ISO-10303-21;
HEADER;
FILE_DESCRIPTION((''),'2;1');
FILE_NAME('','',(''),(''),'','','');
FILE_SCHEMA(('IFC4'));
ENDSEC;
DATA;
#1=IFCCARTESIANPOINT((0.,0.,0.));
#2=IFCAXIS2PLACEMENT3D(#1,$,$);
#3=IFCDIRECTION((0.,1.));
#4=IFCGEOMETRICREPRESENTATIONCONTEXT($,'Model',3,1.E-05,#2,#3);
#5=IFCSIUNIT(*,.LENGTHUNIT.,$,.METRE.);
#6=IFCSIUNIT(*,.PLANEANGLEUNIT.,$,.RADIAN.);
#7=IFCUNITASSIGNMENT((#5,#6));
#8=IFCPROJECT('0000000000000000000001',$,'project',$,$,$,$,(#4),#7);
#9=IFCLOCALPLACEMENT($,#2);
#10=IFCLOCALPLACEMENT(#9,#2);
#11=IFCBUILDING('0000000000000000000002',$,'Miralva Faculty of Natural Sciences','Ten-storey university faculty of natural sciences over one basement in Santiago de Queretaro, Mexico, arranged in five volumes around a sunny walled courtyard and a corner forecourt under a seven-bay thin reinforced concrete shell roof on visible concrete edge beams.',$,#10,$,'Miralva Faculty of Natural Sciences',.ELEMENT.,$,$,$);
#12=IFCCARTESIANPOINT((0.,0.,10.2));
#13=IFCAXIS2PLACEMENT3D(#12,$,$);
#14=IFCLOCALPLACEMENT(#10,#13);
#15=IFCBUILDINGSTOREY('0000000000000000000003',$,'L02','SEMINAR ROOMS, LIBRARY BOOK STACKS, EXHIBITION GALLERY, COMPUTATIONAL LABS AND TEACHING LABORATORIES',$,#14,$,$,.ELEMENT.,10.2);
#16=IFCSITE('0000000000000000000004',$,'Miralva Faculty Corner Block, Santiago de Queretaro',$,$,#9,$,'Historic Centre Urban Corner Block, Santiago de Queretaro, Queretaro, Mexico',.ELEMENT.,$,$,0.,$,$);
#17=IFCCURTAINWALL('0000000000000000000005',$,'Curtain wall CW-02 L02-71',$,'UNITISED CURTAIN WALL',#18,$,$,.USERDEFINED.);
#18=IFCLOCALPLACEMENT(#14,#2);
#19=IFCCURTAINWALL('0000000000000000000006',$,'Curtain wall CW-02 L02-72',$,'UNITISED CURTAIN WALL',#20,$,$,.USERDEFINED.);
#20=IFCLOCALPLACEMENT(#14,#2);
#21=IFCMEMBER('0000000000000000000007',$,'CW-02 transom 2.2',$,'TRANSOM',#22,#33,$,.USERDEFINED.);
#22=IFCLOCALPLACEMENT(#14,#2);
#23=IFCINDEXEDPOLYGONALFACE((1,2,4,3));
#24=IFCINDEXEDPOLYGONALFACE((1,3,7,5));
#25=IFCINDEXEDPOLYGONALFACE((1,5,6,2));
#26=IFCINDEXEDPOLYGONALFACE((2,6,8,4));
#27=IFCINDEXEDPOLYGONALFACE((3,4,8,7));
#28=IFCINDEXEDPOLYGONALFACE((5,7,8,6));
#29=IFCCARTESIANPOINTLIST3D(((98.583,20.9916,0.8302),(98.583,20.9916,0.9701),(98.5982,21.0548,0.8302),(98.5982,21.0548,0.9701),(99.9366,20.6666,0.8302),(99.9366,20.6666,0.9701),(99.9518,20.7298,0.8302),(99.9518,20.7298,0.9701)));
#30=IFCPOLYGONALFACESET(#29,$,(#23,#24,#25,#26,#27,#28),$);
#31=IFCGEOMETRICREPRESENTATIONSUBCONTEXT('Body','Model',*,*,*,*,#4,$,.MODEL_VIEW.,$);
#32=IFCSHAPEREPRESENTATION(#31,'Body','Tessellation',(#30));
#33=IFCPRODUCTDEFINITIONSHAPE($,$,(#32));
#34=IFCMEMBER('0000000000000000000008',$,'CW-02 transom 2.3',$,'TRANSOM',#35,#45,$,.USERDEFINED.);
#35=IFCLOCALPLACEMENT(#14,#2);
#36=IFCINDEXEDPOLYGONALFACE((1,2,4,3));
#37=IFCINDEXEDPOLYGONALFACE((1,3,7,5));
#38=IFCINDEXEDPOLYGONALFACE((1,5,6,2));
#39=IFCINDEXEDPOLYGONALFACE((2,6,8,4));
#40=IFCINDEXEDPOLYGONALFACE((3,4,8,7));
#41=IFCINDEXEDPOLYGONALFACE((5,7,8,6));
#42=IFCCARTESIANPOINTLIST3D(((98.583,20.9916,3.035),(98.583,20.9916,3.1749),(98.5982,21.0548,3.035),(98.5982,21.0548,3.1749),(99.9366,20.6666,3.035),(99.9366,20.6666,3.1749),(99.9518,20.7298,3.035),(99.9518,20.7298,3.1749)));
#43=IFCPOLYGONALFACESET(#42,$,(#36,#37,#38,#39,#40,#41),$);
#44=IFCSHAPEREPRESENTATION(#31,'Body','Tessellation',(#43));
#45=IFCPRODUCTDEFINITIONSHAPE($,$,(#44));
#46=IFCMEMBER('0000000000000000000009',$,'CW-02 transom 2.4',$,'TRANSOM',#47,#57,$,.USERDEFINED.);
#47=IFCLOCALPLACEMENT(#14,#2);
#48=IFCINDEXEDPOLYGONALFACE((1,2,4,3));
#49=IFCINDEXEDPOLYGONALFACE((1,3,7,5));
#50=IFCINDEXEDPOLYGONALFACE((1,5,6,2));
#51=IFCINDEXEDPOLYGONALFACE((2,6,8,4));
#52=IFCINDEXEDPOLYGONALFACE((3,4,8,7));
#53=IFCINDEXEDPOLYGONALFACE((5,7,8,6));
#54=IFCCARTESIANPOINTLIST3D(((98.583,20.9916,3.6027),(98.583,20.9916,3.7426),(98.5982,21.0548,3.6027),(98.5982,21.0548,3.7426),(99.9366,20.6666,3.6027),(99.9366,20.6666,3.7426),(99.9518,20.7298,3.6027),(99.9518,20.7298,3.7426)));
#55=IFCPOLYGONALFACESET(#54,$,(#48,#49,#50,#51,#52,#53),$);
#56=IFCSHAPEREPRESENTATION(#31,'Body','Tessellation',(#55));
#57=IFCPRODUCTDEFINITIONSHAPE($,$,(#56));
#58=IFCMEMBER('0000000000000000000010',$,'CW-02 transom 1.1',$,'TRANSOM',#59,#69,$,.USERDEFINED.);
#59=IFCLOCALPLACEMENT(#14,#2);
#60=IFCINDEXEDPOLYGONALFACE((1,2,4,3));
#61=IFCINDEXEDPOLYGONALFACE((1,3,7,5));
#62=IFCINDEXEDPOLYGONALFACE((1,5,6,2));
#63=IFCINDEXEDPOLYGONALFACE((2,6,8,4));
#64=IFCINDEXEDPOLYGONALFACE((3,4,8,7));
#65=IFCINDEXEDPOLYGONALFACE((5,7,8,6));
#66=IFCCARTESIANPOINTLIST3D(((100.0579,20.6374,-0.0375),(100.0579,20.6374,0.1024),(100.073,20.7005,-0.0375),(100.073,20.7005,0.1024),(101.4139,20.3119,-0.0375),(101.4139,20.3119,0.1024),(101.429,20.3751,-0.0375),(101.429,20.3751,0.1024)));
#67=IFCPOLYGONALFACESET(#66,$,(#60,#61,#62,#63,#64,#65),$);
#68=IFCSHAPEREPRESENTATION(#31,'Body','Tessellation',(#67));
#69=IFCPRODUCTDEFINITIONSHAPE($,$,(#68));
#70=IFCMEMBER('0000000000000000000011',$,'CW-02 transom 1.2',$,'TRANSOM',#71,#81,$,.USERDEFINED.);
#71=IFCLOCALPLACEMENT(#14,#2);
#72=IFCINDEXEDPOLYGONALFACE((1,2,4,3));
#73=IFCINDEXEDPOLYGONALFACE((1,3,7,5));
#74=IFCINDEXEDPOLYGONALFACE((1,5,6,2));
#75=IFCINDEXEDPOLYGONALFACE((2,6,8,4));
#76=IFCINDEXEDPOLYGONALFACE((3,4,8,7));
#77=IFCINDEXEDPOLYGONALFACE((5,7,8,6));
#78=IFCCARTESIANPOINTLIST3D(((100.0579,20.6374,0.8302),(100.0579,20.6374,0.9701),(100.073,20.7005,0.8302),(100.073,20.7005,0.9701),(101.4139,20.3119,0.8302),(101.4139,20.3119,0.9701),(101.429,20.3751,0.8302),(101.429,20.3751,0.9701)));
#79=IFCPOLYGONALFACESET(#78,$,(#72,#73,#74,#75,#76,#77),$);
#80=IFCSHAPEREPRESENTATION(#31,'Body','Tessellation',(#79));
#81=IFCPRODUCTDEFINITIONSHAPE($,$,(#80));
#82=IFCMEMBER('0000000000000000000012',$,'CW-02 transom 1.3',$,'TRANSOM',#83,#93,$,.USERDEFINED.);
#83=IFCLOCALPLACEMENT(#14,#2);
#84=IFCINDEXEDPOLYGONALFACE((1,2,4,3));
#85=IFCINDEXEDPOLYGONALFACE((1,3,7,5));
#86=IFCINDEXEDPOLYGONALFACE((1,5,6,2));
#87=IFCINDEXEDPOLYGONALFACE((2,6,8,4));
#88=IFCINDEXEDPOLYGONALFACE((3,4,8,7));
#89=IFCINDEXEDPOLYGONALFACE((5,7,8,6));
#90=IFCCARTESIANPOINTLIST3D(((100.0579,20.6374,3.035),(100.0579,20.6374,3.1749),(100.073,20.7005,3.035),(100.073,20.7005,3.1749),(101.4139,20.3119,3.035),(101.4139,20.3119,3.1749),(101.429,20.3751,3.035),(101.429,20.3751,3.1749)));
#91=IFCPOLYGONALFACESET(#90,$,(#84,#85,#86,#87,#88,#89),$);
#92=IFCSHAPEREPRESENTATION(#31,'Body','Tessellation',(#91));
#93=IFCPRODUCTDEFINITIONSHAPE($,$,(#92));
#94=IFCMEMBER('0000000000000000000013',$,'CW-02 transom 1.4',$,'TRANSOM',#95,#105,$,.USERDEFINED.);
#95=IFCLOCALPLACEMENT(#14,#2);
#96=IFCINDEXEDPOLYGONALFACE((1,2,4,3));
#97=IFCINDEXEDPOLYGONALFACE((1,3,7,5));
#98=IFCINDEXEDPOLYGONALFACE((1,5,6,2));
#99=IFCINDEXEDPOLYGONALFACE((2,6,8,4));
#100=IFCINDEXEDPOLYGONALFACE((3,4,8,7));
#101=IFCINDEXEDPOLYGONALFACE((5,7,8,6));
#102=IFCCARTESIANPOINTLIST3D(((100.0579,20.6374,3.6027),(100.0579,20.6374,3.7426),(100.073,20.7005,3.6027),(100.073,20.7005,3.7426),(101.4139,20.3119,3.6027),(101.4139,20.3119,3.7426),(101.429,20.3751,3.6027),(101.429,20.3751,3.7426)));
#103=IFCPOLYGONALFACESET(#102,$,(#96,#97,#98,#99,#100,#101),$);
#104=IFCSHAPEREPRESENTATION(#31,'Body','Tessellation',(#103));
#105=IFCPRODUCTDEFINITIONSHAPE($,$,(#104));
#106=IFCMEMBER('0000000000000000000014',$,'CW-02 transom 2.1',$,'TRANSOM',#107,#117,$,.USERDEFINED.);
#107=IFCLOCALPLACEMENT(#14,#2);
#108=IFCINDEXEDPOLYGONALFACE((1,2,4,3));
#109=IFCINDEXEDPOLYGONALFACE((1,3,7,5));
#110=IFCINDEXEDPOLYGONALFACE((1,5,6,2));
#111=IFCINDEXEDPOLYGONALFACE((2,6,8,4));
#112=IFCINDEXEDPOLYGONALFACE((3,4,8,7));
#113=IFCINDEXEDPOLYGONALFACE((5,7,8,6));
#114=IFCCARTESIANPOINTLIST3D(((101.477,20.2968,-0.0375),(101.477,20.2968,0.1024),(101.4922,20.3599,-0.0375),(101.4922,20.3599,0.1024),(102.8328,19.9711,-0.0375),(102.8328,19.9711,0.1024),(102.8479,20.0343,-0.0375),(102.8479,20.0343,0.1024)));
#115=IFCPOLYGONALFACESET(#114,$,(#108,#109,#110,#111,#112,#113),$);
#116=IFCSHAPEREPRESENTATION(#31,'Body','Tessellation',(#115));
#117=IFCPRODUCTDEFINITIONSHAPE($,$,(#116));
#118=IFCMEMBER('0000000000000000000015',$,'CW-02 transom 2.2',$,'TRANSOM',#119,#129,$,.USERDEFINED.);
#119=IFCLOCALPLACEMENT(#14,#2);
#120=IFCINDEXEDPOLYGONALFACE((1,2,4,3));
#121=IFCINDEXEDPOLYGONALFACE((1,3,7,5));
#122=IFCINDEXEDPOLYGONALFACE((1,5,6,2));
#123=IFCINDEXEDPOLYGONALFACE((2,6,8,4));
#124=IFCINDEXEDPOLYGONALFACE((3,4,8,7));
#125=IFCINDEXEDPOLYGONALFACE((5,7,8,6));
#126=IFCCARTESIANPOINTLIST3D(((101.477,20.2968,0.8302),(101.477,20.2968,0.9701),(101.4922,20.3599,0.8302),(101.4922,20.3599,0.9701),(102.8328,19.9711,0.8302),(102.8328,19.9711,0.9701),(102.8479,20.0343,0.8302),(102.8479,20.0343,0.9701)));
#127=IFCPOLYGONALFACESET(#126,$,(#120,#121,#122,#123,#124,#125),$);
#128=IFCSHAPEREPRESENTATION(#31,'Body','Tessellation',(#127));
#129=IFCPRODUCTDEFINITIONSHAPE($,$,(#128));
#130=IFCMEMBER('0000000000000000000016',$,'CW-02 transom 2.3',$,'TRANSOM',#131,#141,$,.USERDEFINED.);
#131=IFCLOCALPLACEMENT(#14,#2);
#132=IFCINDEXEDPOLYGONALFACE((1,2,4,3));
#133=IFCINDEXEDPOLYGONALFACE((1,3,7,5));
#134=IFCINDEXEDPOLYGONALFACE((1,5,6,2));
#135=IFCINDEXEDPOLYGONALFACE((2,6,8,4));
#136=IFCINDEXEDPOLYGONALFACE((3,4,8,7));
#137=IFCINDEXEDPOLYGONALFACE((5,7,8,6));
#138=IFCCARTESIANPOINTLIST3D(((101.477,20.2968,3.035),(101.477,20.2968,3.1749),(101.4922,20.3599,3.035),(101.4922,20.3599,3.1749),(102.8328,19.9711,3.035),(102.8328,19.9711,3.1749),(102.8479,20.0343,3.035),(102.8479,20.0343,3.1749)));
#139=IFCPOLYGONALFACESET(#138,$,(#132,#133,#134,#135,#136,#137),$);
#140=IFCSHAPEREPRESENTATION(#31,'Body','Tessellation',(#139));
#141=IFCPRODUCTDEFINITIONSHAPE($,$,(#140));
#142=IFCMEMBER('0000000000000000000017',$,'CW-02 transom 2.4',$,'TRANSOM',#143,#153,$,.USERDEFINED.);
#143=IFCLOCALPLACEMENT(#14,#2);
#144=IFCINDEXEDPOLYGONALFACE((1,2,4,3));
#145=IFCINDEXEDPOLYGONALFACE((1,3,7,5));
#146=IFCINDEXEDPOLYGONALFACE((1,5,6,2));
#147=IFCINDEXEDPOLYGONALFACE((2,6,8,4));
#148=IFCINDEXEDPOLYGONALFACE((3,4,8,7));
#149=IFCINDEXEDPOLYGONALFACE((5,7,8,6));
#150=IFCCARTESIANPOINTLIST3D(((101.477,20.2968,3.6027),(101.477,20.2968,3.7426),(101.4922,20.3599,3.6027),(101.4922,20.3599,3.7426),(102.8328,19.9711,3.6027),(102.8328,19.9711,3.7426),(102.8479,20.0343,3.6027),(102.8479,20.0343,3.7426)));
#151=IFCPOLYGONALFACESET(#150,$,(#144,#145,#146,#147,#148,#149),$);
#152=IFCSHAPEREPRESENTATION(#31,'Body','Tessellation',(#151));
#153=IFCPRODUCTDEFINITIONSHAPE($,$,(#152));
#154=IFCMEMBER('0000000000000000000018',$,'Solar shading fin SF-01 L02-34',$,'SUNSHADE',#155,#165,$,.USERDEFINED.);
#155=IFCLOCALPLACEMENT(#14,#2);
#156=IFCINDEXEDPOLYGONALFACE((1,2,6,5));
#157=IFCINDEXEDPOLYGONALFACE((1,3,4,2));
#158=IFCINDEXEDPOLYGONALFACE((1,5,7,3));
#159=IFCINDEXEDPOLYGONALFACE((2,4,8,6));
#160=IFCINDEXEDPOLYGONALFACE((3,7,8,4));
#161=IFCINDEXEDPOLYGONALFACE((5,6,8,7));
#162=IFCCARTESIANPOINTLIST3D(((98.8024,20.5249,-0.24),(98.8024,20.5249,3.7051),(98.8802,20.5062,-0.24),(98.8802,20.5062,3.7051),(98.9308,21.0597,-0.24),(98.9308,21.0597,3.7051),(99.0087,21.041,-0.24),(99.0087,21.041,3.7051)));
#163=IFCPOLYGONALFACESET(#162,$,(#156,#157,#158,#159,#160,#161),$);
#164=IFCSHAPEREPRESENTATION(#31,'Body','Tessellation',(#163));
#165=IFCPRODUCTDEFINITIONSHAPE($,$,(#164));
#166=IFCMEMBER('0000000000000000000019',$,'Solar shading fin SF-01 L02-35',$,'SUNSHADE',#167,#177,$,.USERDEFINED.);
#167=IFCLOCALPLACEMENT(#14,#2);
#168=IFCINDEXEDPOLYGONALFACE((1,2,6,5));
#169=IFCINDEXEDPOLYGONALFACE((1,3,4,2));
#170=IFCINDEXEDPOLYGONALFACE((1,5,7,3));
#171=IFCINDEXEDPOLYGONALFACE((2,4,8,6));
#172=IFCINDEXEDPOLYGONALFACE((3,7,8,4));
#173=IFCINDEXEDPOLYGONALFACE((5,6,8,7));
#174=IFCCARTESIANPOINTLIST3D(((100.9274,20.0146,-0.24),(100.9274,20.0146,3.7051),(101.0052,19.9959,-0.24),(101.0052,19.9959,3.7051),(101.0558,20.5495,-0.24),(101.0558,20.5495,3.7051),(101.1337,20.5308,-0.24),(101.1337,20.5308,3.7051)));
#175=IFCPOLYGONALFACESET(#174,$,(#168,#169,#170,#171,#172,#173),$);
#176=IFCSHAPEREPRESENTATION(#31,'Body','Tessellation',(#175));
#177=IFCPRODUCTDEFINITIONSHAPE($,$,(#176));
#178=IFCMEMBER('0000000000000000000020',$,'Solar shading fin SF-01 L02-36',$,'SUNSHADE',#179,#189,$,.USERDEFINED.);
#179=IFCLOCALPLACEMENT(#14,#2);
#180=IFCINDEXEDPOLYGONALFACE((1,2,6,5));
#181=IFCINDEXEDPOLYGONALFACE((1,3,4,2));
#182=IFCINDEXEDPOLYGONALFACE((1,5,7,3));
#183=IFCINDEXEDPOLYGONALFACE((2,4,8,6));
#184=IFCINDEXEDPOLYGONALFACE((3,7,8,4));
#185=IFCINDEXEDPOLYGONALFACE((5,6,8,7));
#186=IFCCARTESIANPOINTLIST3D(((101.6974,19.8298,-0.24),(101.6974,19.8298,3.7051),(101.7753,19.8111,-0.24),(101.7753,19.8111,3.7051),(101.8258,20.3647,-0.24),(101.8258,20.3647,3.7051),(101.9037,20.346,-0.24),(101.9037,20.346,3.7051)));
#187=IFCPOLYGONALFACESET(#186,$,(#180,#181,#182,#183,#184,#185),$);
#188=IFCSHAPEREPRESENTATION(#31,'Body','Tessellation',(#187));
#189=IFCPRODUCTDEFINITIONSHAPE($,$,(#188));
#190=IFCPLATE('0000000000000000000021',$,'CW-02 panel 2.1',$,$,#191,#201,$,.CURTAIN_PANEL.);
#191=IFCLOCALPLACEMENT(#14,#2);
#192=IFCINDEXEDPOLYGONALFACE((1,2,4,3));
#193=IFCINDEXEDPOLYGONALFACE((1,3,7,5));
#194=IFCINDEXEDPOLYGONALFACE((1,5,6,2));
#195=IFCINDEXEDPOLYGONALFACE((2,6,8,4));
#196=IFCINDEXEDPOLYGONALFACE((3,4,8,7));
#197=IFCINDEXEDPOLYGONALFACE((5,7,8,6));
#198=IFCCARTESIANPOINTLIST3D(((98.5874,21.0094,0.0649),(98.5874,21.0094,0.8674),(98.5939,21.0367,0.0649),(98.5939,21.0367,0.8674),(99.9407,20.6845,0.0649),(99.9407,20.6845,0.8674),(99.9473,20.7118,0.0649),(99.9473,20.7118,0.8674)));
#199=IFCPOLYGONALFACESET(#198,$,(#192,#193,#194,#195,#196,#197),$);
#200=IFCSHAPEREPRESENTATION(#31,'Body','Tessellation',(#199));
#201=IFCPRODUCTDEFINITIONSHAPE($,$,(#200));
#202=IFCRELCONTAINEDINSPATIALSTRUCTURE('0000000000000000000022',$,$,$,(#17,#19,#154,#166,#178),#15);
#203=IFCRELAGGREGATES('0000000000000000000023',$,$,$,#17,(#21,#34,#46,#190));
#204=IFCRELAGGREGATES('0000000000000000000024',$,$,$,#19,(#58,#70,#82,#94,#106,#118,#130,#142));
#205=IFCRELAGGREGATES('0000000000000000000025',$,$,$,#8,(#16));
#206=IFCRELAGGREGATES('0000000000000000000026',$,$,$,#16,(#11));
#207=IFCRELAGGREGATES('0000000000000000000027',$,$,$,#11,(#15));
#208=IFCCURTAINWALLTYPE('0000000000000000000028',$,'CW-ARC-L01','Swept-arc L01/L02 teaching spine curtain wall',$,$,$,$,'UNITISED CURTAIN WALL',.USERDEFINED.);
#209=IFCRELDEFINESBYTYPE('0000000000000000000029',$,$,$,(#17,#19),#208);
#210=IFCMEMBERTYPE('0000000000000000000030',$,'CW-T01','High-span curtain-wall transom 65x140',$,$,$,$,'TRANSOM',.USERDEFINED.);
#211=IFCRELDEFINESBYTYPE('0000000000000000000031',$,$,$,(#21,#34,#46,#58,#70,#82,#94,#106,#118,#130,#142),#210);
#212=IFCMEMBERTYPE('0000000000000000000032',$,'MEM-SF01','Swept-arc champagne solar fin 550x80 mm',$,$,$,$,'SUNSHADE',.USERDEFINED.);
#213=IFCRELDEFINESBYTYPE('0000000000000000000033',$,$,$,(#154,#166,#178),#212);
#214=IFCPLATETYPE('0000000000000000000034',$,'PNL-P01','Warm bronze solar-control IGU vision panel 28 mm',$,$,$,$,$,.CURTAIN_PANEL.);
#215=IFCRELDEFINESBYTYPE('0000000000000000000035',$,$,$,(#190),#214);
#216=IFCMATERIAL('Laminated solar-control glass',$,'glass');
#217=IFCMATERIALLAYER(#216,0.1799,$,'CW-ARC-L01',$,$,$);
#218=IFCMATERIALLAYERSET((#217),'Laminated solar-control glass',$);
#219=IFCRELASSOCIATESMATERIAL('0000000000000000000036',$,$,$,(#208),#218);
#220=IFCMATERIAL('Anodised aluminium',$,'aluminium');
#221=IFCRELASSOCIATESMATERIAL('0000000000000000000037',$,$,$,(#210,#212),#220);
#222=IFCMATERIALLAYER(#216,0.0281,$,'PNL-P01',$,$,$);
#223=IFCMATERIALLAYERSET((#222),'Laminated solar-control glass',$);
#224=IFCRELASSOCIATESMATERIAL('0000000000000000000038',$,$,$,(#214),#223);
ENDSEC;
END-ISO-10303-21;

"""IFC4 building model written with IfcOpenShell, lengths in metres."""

from ifc_helpers import new_model, si_unit, direction, frame, origin, origin_2d, place, context, subcontext, project, spatial, rectangle, extrude, material, layer, layer_set, material_profile, profile_set, type_object, element, aggregate, save


model = new_model("IFC4")

# Units and contexts
model_context = context("Model", 3, precision=1e-05, world=origin(), true_north=direction((0.0, 1.0)))
body_context = subcontext(model_context, "Body", "Model", "MODEL_VIEW")
ifc_project = project(units=[si_unit("LENGTHUNIT", "METRE"), si_unit("PLANEANGLEUNIT", "RADIAN")], contexts=[model_context])

# Site, building, storey
site_placement = place(None, origin())
site = spatial("IfcSite", under=ifc_project, at=site_placement, Name="Miralva Faculty Corner Block, Santiago de Queretaro", LongName="Historic Centre Urban Corner Block, Santiago de Queretaro, Queretaro, Mexico", CompositionType="ELEMENT", RefElevation=0.0)
building_placement = place(site_placement, origin())
building = spatial("IfcBuilding", under=site, at=building_placement, Name="Miralva Faculty of Natural Sciences", Description="Ten-storey university faculty of natural sciences over one basement in Santiago de Queretaro, Mexico, arranged in five volumes around a sunny walled courtyard and a corner forecourt under a seven-bay thin reinforced concrete shell roof on visible concrete edge beams.", LongName="Miralva Faculty of Natural Sciences", CompositionType="ELEMENT")
storey_placement = place(building_placement, frame((0.0, 0.0, 10.2)))
storey = spatial("IfcBuildingStorey", under=building, at=storey_placement, Name="L02", Description="SEMINAR ROOMS, LIBRARY BOOK STACKS, EXHIBITION GALLERY, COMPUTATIONAL LABS AND TEACHING LABORATORIES", CompositionType="ELEMENT", Elevation=10.2)

# Curtain walls
ifc_material_1 = material(Name="Laminated solar-control glass", Category="glass")
ifc_layer_1 = layer(ifc_material_1, 0.1799, Name="CW-ARC-L01")
ifc_layer_set_1 = layer_set([ifc_layer_1], Name="Laminated solar-control glass")
curtain_wall_type = type_object("IfcCurtainWallType", Name="CW-ARC-L01", Description="Swept-arc L01/L02 teaching spine curtain wall", ElementType="UNITISED CURTAIN WALL", PredefinedType="USERDEFINED", material=ifc_layer_set_1)
curtain_wall_1_placement = place(storey_placement, origin())
curtain_wall_1 = element("IfcCurtainWall", 1, at=curtain_wall_1_placement, inside=storey, type_object=curtain_wall_type, Name="Curtain wall CW-02 L02-71", ObjectType="UNITISED CURTAIN WALL", PredefinedType="USERDEFINED")
ifc_material_2 = material(Name="Anodised aluminium", Category="aluminium")
curtain_wall_2_placement = place(storey_placement, origin())
curtain_wall_2 = element("IfcCurtainWall", 2, at=curtain_wall_2_placement, inside=storey, type_object=curtain_wall_type, Name="Curtain wall CW-02 L02-72", ObjectType="UNITISED CURTAIN WALL", PredefinedType="USERDEFINED")

# Members
ifc_material_profile_1 = material_profile(ifc_material_2, rectangle(XDim=0.0649, YDim=0.1399, at=origin_2d()), Name="TRANSOM 65x140")
ifc_profile_set_1 = profile_set([ifc_material_profile_1], Name="Anodised aluminium")
member_type_1 = type_object("IfcMemberType", Name="CW-T01", Description="High-span curtain-wall transom 65x140", ElementType="TRANSOM", PredefinedType="USERDEFINED", material=ifc_profile_set_1)
member_1_placement = place(storey_placement, frame((98.5906, 21.0232, 0.9001), z_axis=(0.97237, -0.233446, 0.0), x_axis=(0.233446, 0.97237, 0.0)))
member_1 = element("IfcMember", 3, at=member_1_placement, type_object=member_type_1, Name="CW-02 transom 2.2", ObjectType="TRANSOM", PredefinedType="USERDEFINED", context=body_context, shape_type="SweptSolid", body=[
    extrude(rectangle(XDim=0.0649, YDim=0.1399, at=origin_2d()), origin(), (0.0, 0.0, 1.0), 1.3921),
])
member_2_placement = place(storey_placement, frame((98.5906, 21.0232, 3.105), z_axis=(0.97237, -0.233446, 0.0), x_axis=(0.233446, 0.97237, 0.0)))
member_2 = element("IfcMember", 4, at=member_2_placement, type_object=member_type_1, Name="CW-02 transom 2.3", ObjectType="TRANSOM", PredefinedType="USERDEFINED", context=body_context, shape_type="SweptSolid", body=[
    extrude(rectangle(XDim=0.0649, YDim=0.1399, at=origin_2d()), origin(), (0.0, 0.0, 1.0), 1.3921),
])
member_3_placement = place(storey_placement, frame((98.5906, 21.0232, 3.6726), z_axis=(0.97237, -0.233446, 0.0), x_axis=(0.233446, 0.97237, 0.0)))
member_3 = element("IfcMember", 5, at=member_3_placement, type_object=member_type_1, Name="CW-02 transom 2.4", ObjectType="TRANSOM", PredefinedType="USERDEFINED", context=body_context, shape_type="SweptSolid", body=[
    extrude(rectangle(XDim=0.0649, YDim=0.1399, at=origin_2d()), origin(), (0.0, 0.0, 1.0), 1.3921),
])
member_4_placement = place(storey_placement, frame((100.0654, 20.6689, 0.0325), z_axis=(0.972386, -0.23338, 0.0), x_axis=(0.23338, 0.972386, 0.0)))
member_4 = element("IfcMember", 6, at=member_4_placement, type_object=member_type_1, Name="CW-02 transom 1.1", ObjectType="TRANSOM", PredefinedType="USERDEFINED", context=body_context, shape_type="SweptSolid", body=[
    extrude(rectangle(XDim=0.0649, YDim=0.1399, at=origin_2d()), origin(), (0.0, 0.0, 1.0), 1.3945),
])
member_5_placement = place(storey_placement, frame((100.0654, 20.6689, 0.9001), z_axis=(0.972386, -0.23338, 0.0), x_axis=(0.23338, 0.972386, 0.0)))
member_5 = element("IfcMember", 7, at=member_5_placement, type_object=member_type_1, Name="CW-02 transom 1.2", ObjectType="TRANSOM", PredefinedType="USERDEFINED", context=body_context, shape_type="SweptSolid", body=[
    extrude(rectangle(XDim=0.0649, YDim=0.1399, at=origin_2d()), origin(), (0.0, 0.0, 1.0), 1.3945),
])
member_6_placement = place(storey_placement, frame((100.0654, 20.6689, 3.105), z_axis=(0.972386, -0.23338, 0.0), x_axis=(0.23338, 0.972386, 0.0)))
member_6 = element("IfcMember", 8, at=member_6_placement, type_object=member_type_1, Name="CW-02 transom 1.3", ObjectType="TRANSOM", PredefinedType="USERDEFINED", context=body_context, shape_type="SweptSolid", body=[
    extrude(rectangle(XDim=0.0649, YDim=0.1399, at=origin_2d()), origin(), (0.0, 0.0, 1.0), 1.3945),
])
member_7_placement = place(storey_placement, frame((100.0654, 20.6689, 3.6726), z_axis=(0.972386, -0.23338, 0.0), x_axis=(0.23338, 0.972386, 0.0)))
member_7 = element("IfcMember", 9, at=member_7_placement, type_object=member_type_1, Name="CW-02 transom 1.4", ObjectType="TRANSOM", PredefinedType="USERDEFINED", context=body_context, shape_type="SweptSolid", body=[
    extrude(rectangle(XDim=0.0649, YDim=0.1399, at=origin_2d()), origin(), (0.0, 0.0, 1.0), 1.3945),
])
member_8_placement = place(storey_placement, frame((101.4846, 20.3284, 0.0325), z_axis=(0.972336, -0.233585, 0.0), x_axis=(0.233585, 0.972336, 0.0)))
member_8 = element("IfcMember", 10, at=member_8_placement, type_object=member_type_1, Name="CW-02 transom 2.1", ObjectType="TRANSOM", PredefinedType="USERDEFINED", context=body_context, shape_type="SweptSolid", body=[
    extrude(rectangle(XDim=0.0649, YDim=0.1399, at=origin_2d()), origin(), (0.0, 0.0, 1.0), 1.3943),
])
member_9_placement = place(storey_placement, frame((101.4846, 20.3284, 0.9001), z_axis=(0.972336, -0.233585, 0.0), x_axis=(0.233585, 0.972336, 0.0)))
member_9 = element("IfcMember", 11, at=member_9_placement, type_object=member_type_1, Name="CW-02 transom 2.2", ObjectType="TRANSOM", PredefinedType="USERDEFINED", context=body_context, shape_type="SweptSolid", body=[
    extrude(rectangle(XDim=0.0649, YDim=0.1399, at=origin_2d()), origin(), (0.0, 0.0, 1.0), 1.3943),
])
member_10_placement = place(storey_placement, frame((101.4846, 20.3284, 3.105), z_axis=(0.972336, -0.233585, 0.0), x_axis=(0.233585, 0.972336, 0.0)))
member_10 = element("IfcMember", 12, at=member_10_placement, type_object=member_type_1, Name="CW-02 transom 2.3", ObjectType="TRANSOM", PredefinedType="USERDEFINED", context=body_context, shape_type="SweptSolid", body=[
    extrude(rectangle(XDim=0.0649, YDim=0.1399, at=origin_2d()), origin(), (0.0, 0.0, 1.0), 1.3943),
])
member_11_placement = place(storey_placement, frame((101.4846, 20.3284, 3.6726), z_axis=(0.972336, -0.233585, 0.0), x_axis=(0.233585, 0.972336, 0.0)))
member_11 = element("IfcMember", 13, at=member_11_placement, type_object=member_type_1, Name="CW-02 transom 2.4", ObjectType="TRANSOM", PredefinedType="USERDEFINED", context=body_context, shape_type="SweptSolid", body=[
    extrude(rectangle(XDim=0.0649, YDim=0.1399, at=origin_2d()), origin(), (0.0, 0.0, 1.0), 1.3943),
])

# Members
ifc_material_profile_2 = material_profile(ifc_material_2, rectangle(XDim=0.0801, YDim=0.55, at=origin_2d()), Name="FIN 550x80")
ifc_profile_set_2 = profile_set([ifc_material_profile_2], Name="Anodised aluminium")
member_type_2 = type_object("IfcMemberType", Name="MEM-SF01", Description="Swept-arc champagne solar fin 550x80 mm", ElementType="SUNSHADE", PredefinedType="USERDEFINED", material=ifc_profile_set_2)
for number, where, z_axis, x_axis, name in (
    (14, (98.9055, 20.783, -0.24), (0.0, 0.0, 1.0), (0.97237, -0.233445, 0.0), "Solar shading fin SF-01 L02-34"),
    (15, (101.0305, 20.2727, -0.24), (0.0, 0.0, 1.0), (0.97237, -0.233445, 0.0), "Solar shading fin SF-01 L02-35"),
    (16, (101.8005, 20.0879, -0.24), (0.0, 0.0, 1.0), (0.97237, -0.233445, 0.0), "Solar shading fin SF-01 L02-36"),
):
    element("IfcMember", number, at=place(storey_placement, frame(where, z_axis=z_axis, x_axis=x_axis)), inside=storey, type_object=member_type_2, Name=name, ObjectType="SUNSHADE", PredefinedType="USERDEFINED", context=body_context, shape_type="SweptSolid", body=[
        extrude(rectangle(XDim=0.0801, YDim=0.55, at=origin_2d()), origin(), (0.0, 0.0, 1.0), 3.9451),
    ])

# Plate
ifc_layer_2 = layer(ifc_material_1, 0.0281, Name="PNL-P01")
ifc_layer_set_2 = layer_set([ifc_layer_2], Name="Laminated solar-control glass")
plate_type = type_object("IfcPlateType", Name="PNL-P01", Description="Warm bronze solar-control IGU vision panel 28 mm", PredefinedType="CURTAIN_PANEL", material=ifc_layer_set_2)
plate_1_placement = place(storey_placement, frame((99.2673, 20.8606, 0.0649), z_axis=(0.0, 0.0, 1.0), x_axis=(0.972367, -0.233457, 0.0)))
plate_1 = element("IfcPlate", 17, at=plate_1_placement, type_object=plate_type, Name="CW-02 panel 2.1", PredefinedType="CURTAIN_PANEL", context=body_context, shape_type="SweptSolid", body=[
    extrude(rectangle(XDim=1.3918, YDim=0.0281, at=origin_2d()), origin(), (0.0, 0.0, 1.0), 0.8025),
])
aggregate(curtain_wall_1, [member_1, member_2, member_3, plate_1])
aggregate(curtain_wall_2, [member_4, member_5, member_6, member_7, member_8, member_9, member_10, member_11])

save(model, "model.ifc")
